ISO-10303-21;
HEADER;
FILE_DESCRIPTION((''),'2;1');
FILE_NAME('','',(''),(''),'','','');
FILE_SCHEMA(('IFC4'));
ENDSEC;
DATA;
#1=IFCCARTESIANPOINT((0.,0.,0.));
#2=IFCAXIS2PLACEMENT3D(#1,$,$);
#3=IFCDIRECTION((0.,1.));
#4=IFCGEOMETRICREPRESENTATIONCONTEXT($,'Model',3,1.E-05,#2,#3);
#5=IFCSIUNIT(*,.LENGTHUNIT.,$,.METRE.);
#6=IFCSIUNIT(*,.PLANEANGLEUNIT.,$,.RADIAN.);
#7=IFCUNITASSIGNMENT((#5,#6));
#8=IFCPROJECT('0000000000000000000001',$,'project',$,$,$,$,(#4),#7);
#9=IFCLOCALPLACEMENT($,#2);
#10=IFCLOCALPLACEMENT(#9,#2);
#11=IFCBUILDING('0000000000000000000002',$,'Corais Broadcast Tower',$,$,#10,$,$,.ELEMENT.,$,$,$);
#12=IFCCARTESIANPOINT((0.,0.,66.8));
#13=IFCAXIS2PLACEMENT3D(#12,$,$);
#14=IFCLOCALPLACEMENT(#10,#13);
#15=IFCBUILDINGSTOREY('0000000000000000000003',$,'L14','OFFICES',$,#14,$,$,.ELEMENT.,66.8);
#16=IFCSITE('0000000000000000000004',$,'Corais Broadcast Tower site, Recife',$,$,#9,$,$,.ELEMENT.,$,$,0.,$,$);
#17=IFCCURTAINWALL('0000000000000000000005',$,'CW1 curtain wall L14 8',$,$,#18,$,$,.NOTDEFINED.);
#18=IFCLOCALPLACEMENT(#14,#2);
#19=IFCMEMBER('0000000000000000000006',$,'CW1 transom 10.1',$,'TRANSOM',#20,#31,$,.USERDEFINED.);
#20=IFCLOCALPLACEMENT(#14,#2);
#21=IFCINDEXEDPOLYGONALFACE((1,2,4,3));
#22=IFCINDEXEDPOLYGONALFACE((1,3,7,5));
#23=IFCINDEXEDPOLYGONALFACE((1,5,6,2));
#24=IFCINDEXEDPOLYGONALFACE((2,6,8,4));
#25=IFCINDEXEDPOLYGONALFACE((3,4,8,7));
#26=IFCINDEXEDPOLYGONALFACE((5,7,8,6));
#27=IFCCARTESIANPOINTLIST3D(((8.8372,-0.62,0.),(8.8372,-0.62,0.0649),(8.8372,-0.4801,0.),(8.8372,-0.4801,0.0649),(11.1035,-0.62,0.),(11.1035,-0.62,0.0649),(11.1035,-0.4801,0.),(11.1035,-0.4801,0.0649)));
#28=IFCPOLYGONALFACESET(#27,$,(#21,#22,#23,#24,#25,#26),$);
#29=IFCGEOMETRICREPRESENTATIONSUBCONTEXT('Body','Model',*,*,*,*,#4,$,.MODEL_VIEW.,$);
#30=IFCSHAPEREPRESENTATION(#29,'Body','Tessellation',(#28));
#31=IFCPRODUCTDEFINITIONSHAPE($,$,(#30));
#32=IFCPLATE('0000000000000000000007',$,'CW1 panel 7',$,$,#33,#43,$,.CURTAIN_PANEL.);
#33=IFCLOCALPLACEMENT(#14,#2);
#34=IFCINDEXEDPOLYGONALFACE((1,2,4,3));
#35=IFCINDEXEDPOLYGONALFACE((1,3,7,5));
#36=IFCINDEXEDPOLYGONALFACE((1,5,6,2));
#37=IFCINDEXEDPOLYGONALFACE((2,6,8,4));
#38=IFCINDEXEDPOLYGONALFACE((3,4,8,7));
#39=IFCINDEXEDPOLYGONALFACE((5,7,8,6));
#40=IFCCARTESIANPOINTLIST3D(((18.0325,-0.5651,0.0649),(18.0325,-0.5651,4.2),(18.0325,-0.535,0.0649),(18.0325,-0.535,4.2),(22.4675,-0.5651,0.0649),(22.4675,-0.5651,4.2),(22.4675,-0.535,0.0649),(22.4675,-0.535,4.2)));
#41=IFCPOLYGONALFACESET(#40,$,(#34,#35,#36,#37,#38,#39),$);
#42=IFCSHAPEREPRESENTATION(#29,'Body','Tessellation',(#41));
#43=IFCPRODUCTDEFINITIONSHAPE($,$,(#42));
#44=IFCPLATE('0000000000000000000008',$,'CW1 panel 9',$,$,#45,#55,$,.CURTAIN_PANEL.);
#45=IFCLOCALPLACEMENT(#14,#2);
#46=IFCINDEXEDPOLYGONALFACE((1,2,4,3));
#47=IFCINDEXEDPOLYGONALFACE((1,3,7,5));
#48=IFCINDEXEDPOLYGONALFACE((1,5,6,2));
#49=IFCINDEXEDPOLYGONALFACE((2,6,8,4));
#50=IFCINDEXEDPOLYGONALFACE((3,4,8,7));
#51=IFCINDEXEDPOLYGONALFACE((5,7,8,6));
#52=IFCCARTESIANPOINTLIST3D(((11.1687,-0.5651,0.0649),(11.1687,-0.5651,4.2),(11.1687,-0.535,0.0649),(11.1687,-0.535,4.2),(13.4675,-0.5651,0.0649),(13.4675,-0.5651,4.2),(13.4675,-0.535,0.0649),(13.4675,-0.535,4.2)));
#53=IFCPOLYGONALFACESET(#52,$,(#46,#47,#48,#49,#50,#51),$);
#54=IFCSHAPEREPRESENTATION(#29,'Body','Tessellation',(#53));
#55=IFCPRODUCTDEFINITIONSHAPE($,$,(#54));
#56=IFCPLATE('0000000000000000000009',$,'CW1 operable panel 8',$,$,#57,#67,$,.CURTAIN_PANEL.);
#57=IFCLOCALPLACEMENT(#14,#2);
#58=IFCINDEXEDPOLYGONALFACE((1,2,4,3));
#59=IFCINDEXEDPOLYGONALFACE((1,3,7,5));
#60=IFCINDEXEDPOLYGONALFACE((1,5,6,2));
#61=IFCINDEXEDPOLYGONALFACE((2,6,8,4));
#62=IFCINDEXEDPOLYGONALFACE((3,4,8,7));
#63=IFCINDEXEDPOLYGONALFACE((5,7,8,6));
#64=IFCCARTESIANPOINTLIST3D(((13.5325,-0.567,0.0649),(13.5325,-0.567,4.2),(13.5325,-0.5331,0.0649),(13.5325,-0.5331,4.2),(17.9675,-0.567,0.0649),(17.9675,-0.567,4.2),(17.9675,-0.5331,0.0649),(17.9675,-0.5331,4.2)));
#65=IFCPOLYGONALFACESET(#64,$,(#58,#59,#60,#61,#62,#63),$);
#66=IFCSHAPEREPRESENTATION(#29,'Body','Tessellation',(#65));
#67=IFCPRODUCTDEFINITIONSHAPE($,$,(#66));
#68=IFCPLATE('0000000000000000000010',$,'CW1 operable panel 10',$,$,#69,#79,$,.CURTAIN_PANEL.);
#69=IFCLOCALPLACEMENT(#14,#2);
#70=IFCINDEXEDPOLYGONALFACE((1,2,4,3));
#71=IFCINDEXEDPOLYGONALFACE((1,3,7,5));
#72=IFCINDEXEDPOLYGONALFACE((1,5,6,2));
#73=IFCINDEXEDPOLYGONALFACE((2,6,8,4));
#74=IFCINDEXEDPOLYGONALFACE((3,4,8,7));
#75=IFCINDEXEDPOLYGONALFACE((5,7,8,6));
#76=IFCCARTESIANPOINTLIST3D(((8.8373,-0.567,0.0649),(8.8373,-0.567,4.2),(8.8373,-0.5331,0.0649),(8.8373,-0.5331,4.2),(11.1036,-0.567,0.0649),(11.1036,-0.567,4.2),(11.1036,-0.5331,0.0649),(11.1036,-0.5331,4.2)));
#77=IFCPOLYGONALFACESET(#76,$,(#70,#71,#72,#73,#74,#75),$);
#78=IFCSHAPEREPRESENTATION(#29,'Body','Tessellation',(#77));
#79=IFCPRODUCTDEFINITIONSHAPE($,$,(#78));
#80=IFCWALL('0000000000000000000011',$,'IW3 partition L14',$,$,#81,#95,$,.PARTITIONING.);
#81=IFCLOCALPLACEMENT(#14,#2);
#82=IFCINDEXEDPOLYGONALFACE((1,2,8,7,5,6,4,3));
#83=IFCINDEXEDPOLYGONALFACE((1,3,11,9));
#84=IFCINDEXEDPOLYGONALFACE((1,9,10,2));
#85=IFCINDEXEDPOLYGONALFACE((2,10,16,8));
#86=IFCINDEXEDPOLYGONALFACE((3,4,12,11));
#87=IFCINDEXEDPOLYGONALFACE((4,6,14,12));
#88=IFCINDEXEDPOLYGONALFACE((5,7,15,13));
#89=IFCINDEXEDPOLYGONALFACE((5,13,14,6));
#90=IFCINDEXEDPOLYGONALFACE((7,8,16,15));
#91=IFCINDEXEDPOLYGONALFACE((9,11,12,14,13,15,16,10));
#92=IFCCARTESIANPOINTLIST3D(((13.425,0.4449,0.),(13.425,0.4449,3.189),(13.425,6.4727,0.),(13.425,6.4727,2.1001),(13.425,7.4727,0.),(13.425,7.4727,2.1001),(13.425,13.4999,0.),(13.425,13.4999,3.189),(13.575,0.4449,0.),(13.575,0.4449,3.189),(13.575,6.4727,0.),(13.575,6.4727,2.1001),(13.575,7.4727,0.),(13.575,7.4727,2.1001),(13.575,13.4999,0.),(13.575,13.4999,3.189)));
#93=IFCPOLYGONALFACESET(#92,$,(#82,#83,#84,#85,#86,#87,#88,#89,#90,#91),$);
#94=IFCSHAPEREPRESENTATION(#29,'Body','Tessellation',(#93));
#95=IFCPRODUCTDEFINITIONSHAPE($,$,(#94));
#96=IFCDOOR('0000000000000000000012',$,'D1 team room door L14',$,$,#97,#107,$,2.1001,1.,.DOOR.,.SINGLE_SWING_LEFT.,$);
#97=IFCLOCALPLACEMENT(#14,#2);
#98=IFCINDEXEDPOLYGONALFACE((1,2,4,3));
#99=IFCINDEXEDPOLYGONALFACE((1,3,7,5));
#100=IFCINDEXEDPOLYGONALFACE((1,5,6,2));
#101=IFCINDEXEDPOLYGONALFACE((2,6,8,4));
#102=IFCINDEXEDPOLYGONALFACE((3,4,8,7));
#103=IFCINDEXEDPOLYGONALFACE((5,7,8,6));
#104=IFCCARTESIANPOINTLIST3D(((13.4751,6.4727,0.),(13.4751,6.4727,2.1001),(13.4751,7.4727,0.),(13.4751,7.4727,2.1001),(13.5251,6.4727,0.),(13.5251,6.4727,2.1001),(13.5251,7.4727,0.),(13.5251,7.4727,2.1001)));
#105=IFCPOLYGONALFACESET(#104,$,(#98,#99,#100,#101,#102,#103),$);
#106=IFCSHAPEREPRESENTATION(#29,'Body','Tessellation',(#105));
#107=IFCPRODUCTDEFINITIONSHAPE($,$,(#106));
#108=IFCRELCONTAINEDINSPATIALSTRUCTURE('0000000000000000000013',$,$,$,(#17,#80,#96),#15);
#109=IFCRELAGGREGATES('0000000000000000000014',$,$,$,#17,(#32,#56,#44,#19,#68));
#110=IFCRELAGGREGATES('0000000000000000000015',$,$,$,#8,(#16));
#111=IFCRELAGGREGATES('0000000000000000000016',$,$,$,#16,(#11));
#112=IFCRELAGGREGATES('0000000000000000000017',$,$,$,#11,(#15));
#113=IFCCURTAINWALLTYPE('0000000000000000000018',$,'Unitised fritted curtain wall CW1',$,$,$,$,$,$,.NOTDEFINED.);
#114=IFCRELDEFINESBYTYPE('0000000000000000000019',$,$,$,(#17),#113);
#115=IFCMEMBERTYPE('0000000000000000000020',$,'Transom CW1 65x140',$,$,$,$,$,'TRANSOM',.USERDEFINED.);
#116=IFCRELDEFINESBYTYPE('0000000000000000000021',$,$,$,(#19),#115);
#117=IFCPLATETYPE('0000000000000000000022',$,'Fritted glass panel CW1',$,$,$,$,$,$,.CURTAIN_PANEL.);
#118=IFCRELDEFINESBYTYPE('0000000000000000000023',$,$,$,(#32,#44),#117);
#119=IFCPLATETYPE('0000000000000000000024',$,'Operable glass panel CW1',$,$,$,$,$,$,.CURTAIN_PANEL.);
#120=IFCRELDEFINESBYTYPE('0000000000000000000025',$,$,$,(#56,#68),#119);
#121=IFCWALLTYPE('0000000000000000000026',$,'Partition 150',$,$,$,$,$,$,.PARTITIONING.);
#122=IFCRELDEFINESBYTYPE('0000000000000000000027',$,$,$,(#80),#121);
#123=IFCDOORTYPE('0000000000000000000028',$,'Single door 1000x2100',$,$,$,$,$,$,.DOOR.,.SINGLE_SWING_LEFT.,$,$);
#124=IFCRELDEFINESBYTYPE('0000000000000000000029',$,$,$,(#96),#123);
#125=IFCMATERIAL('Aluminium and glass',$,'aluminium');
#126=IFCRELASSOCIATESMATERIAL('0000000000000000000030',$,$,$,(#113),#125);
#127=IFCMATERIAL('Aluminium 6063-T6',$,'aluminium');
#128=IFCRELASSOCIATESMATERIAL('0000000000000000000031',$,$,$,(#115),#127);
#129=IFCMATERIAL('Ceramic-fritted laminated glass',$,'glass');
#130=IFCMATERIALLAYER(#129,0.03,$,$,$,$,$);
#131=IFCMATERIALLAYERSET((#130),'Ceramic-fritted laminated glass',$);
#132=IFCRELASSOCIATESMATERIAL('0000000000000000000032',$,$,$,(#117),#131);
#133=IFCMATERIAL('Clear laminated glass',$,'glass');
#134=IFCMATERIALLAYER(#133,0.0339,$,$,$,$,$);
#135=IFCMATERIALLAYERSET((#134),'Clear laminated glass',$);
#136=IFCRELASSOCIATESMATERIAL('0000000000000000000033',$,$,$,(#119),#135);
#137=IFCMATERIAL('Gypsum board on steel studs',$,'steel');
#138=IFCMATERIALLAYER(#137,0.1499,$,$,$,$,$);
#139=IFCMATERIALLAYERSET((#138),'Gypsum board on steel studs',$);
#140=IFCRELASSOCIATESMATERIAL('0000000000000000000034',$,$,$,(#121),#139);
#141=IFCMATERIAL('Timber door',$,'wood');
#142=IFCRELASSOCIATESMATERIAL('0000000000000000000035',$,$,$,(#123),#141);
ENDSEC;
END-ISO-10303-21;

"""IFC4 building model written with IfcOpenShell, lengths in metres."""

from ifc_helpers import new_model, si_unit, direction, frame, frame_2d, origin, origin_2d, place, context, subcontext, project, spatial, rectangle, extrude, material, layer, layer_set, material_profile, profile_set, type_object, element, fill, aggregate, save


model = new_model("IFC4")

# Units and contexts
model_context = context("Model", 3, precision=1e-05, world=origin(), true_north=direction((0.0, 1.0)))
body_context = subcontext(model_context, "Body", "Model", "MODEL_VIEW")
ifc_project = project(units=[si_unit("LENGTHUNIT", "METRE"), si_unit("PLANEANGLEUNIT", "RADIAN")], contexts=[model_context])

# Site, building, storey
site_placement = place(None, origin())
site = spatial("IfcSite", under=ifc_project, at=site_placement, Name="Corais Broadcast Tower site, Recife", CompositionType="ELEMENT", RefElevation=0.0)
building_placement = place(site_placement, origin())
building = spatial("IfcBuilding", under=site, at=building_placement, Name="Corais Broadcast Tower", CompositionType="ELEMENT")
storey_placement = place(building_placement, frame((0.0, 0.0, 66.8)))
storey = spatial("IfcBuildingStorey", under=building, at=storey_placement, Name="L14", Description="OFFICES", CompositionType="ELEMENT", Elevation=66.8)

# Shared definitions
ifc_material_1 = material(Name="Aluminium and glass", Category="aluminium")
curtain_wall_type = type_object("IfcCurtainWallType", Name="Unitised fritted curtain wall CW1", PredefinedType="NOTDEFINED", material=ifc_material_1)

# Curtain wall
curtain_wall_1_placement = place(storey_placement, origin())
curtain_wall_1 = element("IfcCurtainWall", 1, at=curtain_wall_1_placement, inside=storey, type_object=curtain_wall_type, Name="CW1 curtain wall L14 8", PredefinedType="NOTDEFINED")

# Member
ifc_material_2 = material(Name="Aluminium 6063-T6", Category="aluminium")
ifc_material_profile_1 = material_profile(ifc_material_2, rectangle(XDim=0.1399, YDim=0.0649, at=origin_2d()), Name="Transom CW1 65x140")
ifc_profile_set_1 = profile_set([ifc_material_profile_1], Name="Aluminium 6063-T6")
member_type_1 = type_object("IfcMemberType", Name="Transom CW1 65x140", ElementType="TRANSOM", PredefinedType="USERDEFINED", material=ifc_profile_set_1)
member_1_placement = place(storey_placement, frame((11.1035, -0.55, 0.0325), z_axis=(-1.0, 0.0, 0.0), x_axis=(0.0, -1.0, 0.0)))
member_1 = element("IfcMember", 2, at=member_1_placement, type_object=member_type_1, Name="CW1 transom 10.1", ObjectType="TRANSOM", PredefinedType="USERDEFINED", context=body_context, shape_type="SweptSolid", body=[
    extrude(rectangle(XDim=0.1399, YDim=0.0649, at=origin_2d()), origin(), (0.0, 0.0, 1.0), 2.2664),
])

# Plates
ifc_material_3 = material(Name="Ceramic-fritted laminated glass", Category="glass")
ifc_layer_1 = layer(ifc_material_3, 0.03)
ifc_layer_set_1 = layer_set([ifc_layer_1], Name="Ceramic-fritted laminated glass")
plate_type_1 = type_object("IfcPlateType", Name="Fritted glass panel CW1", PredefinedType="CURTAIN_PANEL", material=ifc_layer_set_1)
plate_1_placement = place(storey_placement, frame((20.25, -0.55, 0.0649), z_axis=(0.0, 0.0, 1.0), x_axis=(-1.0, 0.0, 0.0)))
plate_1 = element("IfcPlate", 3, at=plate_1_placement, type_object=plate_type_1, Name="CW1 panel 7", PredefinedType="CURTAIN_PANEL", context=body_context, shape_type="SweptSolid", body=[
    extrude(rectangle(XDim=4.4351, YDim=0.03, at=origin_2d()), origin(), (0.0, 0.0, 1.0), 4.135),
])
plate_2_placement = place(storey_placement, frame((12.3181, -0.55, 0.0649), z_axis=(0.0, 0.0, 1.0), x_axis=(-1.0, 0.0, 0.0)))
plate_2 = element("IfcPlate", 4, at=plate_2_placement, type_object=plate_type_1, Name="CW1 panel 9", PredefinedType="CURTAIN_PANEL", context=body_context, shape_type="SweptSolid", body=[
    extrude(rectangle(XDim=2.2988, YDim=0.03, at=origin_2d()), origin(), (0.0, 0.0, 1.0), 4.135),
])
ifc_material_4 = material(Name="Clear laminated glass", Category="glass")
ifc_layer_2 = layer(ifc_material_4, 0.0339)
ifc_layer_set_2 = layer_set([ifc_layer_2], Name="Clear laminated glass")
plate_type_2 = type_object("IfcPlateType", Name="Operable glass panel CW1", PredefinedType="CURTAIN_PANEL", material=ifc_layer_set_2)
plate_3_placement = place(storey_placement, frame((15.75, -0.55, 0.0649), z_axis=(0.0, 0.0, 1.0), x_axis=(-1.0, 0.0, 0.0)))
plate_3 = element("IfcPlate", 5, at=plate_3_placement, type_object=plate_type_2, Name="CW1 operable panel 8", PredefinedType="CURTAIN_PANEL", context=body_context, shape_type="SweptSolid", body=[
    extrude(rectangle(XDim=4.4351, YDim=0.0339, at=origin_2d()), origin(), (0.0, 0.0, 1.0), 4.135),
])
plate_4_placement = place(storey_placement, frame((9.9705, -0.55, 0.0649), z_axis=(0.0, 0.0, 1.0), x_axis=(-1.0, 0.0, 0.0)))
plate_4 = element("IfcPlate", 6, at=plate_4_placement, type_object=plate_type_2, Name="CW1 operable panel 10", PredefinedType="CURTAIN_PANEL", context=body_context, shape_type="SweptSolid", body=[
    extrude(rectangle(XDim=2.2664, YDim=0.0339, at=origin_2d()), origin(), (0.0, 0.0, 1.0), 4.135),
])
aggregate(curtain_wall_1, [plate_1, plate_3, plate_2, member_1, plate_4])

# Wall, opening, door
ifc_material_5 = material(Name="Gypsum board on steel studs", Category="steel")
ifc_layer_3 = layer(ifc_material_5, 0.1499)
ifc_layer_set_3 = layer_set([ifc_layer_3], Name="Gypsum board on steel studs")
wall_type = type_object("IfcWallType", Name="Partition 150", PredefinedType="PARTITIONING", material=ifc_layer_set_3)
wall_placement = place(storey_placement, frame((13.5, 0.4451, 0.0), z_axis=(0.0, 0.0, 1.0), x_axis=(0.0, 1.0, 0.0)))
wall = element("IfcWall", 7, at=wall_placement, inside=storey, type_object=wall_type, Name="IW3 partition L14", PredefinedType="PARTITIONING", context=body_context, shape_type="SweptSolid", body=[
    extrude(rectangle(XDim=13.0549, YDim=0.1499, at=frame_2d((6.5273, 0.0))), origin(), (0.0, 0.0, 1.0), 3.189),
])
opening_placement = place(wall_placement, frame((6.0276, 0.0, 0.0)))
opening = element("IfcOpeningElement", 8, at=opening_placement, cuts=wall, PredefinedType="OPENING", context=body_context, shape_type="SweptSolid", body=[
    extrude(rectangle(XDim=1.0, YDim=2.1001, at=frame_2d((0.5, 1.05))), frame((0.0, 0.085, 0.0), z_axis=(0.0, -1.0, 0.0), x_axis=(1.0, 0.0, 0.0)), (0.0, 0.0, 1.0), 0.1699),
])
ifc_material_6 = material(Name="Timber door", Category="wood")
door_type = type_object("IfcDoorType", Name="Single door 1000x2100", OperationType="SINGLE_SWING_LEFT", PredefinedType="DOOR", material=ifc_material_6)
door_placement = place(opening_placement, origin())
door = element("IfcDoor", 9, at=door_placement, inside=storey, type_object=door_type, Name="D1 team room door L14", OperationType="SINGLE_SWING_LEFT", OverallHeight=2.1001, OverallWidth=1.0, PredefinedType="DOOR", context=body_context, shape_type="SweptSolid", body=[
    extrude(rectangle(XDim=1.0, YDim=2.1001, at=frame_2d((0.5, 1.05))), frame((0.0, 0.0249, 0.0), z_axis=(0.0, -1.0, 0.0), x_axis=(1.0, 0.0, 0.0)), (0.0, 0.0, 1.0), 0.05),
])
fill(opening, door)

save(model, "model.ifc")
